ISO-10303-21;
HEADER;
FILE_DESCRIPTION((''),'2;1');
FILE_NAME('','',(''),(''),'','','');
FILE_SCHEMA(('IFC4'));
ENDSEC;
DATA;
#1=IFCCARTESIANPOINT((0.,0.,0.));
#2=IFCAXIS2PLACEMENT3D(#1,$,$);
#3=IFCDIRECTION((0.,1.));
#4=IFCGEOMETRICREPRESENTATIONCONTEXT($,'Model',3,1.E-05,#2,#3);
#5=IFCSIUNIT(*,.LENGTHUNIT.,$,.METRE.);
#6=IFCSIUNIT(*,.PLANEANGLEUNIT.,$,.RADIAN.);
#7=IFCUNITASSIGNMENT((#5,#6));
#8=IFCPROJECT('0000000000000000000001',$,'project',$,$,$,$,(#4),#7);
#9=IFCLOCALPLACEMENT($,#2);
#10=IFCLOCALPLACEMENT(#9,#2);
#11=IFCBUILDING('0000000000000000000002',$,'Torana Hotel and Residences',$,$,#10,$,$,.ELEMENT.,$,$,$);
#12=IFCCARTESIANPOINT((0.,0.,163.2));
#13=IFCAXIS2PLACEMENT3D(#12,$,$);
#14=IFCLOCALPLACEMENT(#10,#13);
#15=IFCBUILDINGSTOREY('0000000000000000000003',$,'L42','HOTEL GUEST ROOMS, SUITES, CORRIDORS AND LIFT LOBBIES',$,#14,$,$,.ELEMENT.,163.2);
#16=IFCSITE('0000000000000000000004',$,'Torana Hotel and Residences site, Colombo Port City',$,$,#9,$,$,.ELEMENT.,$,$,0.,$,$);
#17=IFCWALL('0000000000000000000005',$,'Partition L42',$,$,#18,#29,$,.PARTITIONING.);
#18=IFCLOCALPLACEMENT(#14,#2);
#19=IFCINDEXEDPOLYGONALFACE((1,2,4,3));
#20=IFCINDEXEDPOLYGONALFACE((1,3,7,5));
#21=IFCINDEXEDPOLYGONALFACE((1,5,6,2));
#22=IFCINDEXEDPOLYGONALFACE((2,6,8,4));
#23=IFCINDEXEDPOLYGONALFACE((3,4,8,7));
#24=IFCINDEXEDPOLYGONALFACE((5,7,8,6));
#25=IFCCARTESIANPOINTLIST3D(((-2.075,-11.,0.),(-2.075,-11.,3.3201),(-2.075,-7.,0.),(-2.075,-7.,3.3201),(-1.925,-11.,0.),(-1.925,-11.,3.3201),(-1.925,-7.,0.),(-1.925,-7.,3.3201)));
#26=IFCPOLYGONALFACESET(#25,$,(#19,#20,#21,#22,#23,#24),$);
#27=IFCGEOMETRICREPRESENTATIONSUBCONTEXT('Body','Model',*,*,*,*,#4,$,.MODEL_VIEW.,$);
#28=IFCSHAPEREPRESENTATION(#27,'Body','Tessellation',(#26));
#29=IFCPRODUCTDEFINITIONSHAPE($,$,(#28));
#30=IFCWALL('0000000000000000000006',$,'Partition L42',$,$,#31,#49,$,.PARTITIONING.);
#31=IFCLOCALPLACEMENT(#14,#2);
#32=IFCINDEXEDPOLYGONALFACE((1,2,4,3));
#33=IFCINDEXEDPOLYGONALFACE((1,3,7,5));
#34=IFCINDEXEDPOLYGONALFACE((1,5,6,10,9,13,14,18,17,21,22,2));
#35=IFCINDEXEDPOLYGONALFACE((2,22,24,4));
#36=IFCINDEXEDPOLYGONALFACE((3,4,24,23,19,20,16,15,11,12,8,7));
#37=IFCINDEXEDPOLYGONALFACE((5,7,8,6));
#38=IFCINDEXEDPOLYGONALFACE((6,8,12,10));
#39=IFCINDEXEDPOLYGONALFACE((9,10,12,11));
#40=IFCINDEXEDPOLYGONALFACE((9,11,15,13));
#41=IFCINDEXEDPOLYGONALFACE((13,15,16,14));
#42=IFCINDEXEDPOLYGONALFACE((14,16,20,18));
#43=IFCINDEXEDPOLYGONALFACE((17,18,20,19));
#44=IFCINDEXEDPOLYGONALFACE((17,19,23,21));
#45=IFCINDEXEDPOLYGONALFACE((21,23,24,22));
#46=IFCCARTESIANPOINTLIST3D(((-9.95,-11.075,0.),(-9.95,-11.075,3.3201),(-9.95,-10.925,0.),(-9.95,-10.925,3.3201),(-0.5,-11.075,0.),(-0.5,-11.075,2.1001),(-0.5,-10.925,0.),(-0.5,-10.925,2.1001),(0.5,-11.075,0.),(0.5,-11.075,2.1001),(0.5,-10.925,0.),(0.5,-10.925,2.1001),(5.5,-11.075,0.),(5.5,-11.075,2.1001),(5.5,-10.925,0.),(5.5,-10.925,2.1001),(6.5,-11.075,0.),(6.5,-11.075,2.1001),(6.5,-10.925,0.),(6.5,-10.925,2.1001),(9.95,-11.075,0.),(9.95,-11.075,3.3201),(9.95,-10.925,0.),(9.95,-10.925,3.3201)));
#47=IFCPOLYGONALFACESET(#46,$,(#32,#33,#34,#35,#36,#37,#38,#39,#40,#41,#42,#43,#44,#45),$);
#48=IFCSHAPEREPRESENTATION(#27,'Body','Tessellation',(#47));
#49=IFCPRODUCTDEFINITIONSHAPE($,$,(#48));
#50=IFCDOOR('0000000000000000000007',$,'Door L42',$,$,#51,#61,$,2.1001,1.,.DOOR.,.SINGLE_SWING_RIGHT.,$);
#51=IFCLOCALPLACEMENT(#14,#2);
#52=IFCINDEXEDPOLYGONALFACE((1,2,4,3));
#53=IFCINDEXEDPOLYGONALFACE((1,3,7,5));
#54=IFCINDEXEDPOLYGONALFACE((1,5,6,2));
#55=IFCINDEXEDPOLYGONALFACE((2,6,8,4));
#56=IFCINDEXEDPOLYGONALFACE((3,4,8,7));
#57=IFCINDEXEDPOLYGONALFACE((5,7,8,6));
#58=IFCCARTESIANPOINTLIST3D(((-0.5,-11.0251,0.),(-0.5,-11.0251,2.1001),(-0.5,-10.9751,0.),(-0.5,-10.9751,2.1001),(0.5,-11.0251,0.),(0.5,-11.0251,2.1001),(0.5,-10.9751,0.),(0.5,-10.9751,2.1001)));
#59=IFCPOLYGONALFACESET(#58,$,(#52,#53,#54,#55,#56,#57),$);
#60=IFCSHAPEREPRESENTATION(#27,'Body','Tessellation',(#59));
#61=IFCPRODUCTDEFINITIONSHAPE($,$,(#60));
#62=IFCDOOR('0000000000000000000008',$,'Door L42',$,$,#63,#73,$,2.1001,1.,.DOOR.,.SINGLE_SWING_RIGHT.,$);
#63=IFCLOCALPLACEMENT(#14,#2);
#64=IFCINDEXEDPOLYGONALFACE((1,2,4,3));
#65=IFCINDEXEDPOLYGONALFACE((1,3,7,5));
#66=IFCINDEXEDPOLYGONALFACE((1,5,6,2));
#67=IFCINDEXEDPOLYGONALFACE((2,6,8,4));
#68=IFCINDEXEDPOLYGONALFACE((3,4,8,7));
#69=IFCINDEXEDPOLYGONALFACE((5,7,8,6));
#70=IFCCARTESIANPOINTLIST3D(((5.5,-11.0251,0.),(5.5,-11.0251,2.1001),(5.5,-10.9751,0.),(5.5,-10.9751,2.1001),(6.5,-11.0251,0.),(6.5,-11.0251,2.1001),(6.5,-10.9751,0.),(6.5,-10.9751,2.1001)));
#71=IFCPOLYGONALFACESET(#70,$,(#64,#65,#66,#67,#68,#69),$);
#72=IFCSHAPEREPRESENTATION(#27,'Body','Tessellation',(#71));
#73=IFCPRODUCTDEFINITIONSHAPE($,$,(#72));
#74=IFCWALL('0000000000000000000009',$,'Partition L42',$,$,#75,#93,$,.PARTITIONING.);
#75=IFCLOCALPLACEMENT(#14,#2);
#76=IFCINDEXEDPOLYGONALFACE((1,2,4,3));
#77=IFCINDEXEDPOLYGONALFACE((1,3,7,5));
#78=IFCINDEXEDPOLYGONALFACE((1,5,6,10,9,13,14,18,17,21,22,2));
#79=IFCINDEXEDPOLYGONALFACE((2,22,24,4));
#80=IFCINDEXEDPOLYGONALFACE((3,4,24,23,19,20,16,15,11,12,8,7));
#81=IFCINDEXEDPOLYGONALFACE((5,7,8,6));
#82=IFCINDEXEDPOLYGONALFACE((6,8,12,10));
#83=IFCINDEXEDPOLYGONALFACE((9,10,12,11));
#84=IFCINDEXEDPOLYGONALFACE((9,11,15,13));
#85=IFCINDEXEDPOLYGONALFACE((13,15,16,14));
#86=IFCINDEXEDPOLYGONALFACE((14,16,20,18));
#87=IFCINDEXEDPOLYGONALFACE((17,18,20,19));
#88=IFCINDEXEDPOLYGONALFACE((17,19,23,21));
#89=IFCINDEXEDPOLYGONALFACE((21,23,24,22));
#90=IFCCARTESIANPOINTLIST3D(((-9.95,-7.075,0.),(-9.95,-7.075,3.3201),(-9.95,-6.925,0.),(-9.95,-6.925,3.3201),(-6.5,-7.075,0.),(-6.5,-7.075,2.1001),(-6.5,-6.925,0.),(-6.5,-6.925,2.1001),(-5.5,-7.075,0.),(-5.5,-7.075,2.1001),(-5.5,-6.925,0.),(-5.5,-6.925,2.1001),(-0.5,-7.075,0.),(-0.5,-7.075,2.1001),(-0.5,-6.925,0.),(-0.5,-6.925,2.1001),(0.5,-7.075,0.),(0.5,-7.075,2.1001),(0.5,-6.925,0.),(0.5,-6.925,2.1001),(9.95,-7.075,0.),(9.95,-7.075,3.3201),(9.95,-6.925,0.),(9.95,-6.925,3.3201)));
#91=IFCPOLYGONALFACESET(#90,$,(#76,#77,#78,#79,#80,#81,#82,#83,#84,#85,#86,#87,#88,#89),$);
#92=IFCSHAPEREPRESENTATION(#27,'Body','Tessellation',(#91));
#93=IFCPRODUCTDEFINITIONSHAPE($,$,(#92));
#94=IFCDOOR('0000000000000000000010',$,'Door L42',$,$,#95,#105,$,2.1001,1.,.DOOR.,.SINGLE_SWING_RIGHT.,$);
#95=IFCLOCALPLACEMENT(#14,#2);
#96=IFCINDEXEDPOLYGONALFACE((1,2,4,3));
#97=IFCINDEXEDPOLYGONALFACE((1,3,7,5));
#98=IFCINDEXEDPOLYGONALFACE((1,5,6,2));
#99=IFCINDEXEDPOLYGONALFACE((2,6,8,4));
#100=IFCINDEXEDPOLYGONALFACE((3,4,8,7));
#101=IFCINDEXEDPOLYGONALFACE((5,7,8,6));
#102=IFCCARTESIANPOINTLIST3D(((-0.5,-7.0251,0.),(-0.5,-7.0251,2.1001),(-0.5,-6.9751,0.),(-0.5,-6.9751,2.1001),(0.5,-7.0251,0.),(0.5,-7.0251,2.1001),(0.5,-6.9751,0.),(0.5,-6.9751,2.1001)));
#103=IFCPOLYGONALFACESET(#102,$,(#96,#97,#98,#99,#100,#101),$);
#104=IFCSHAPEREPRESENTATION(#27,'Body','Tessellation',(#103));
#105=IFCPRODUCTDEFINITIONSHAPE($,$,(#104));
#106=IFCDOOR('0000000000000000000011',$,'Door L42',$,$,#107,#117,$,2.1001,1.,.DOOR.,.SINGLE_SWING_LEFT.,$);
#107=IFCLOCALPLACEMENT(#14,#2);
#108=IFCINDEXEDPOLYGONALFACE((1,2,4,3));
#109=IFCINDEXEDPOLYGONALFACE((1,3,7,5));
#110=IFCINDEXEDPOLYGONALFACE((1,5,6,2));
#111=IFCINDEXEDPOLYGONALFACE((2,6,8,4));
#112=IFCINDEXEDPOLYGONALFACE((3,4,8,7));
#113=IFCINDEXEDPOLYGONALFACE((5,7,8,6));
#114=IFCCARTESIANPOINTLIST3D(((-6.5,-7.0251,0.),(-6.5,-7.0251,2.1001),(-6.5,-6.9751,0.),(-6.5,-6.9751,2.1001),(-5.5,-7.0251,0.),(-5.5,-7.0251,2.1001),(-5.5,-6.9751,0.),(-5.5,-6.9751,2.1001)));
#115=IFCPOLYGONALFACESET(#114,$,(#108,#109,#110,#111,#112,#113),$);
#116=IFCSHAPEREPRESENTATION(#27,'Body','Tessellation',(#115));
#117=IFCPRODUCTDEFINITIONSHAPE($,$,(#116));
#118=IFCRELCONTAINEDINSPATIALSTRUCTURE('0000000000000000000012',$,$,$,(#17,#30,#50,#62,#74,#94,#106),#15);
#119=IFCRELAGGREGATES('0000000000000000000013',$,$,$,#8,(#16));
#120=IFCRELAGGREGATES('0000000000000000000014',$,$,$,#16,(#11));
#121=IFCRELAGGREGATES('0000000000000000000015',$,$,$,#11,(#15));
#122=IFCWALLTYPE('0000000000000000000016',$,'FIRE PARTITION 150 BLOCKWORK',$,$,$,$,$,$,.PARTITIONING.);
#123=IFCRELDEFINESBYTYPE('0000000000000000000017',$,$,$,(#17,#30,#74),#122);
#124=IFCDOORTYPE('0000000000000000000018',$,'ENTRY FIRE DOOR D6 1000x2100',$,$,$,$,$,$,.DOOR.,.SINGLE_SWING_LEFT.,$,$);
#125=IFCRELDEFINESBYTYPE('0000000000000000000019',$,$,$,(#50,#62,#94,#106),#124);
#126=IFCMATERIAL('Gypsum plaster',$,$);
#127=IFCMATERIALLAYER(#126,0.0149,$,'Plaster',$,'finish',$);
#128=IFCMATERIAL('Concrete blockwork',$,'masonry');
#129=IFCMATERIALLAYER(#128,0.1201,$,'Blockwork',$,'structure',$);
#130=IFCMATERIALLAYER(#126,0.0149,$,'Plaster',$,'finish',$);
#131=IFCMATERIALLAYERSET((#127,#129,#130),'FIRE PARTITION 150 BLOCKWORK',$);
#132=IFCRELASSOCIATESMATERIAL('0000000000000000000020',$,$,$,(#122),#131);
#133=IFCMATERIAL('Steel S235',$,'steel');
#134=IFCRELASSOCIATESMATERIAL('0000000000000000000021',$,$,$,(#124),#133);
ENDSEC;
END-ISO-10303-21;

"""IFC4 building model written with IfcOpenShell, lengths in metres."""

from ifc_helpers import new_model, si_unit, direction, frame, frame_2d, origin, place, context, subcontext, project, spatial, rectangle, extrude, material, layer, layer_set, type_object, element, fill, save


model = new_model("IFC4")

# Units and contexts
model_context = context("Model", 3, precision=1e-05, world=origin(), true_north=direction((0.0, 1.0)))
body_context = subcontext(model_context, "Body", "Model", "MODEL_VIEW")
ifc_project = project(units=[si_unit("LENGTHUNIT", "METRE"), si_unit("PLANEANGLEUNIT", "RADIAN")], contexts=[model_context])

# Site, building, storey
site_placement = place(None, origin())
site = spatial("IfcSite", under=ifc_project, at=site_placement, Name="Torana Hotel and Residences site, Colombo Port City", CompositionType="ELEMENT", RefElevation=0.0)
building_placement = place(site_placement, origin())
building = spatial("IfcBuilding", under=site, at=building_placement, Name="Torana Hotel and Residences", CompositionType="ELEMENT")
storey_placement = place(building_placement, frame((0.0, 0.0, 163.2)))
storey = spatial("IfcBuildingStorey", under=building, at=storey_placement, Name="L42", Description="HOTEL GUEST ROOMS, SUITES, CORRIDORS AND LIFT LOBBIES", CompositionType="ELEMENT", Elevation=163.2)

# Wall
ifc_material_1 = material(Name="Gypsum plaster")
ifc_layer_1 = layer(ifc_material_1, 0.0149, Name="Plaster", Category="finish")
ifc_material_2 = material(Name="Concrete blockwork", Category="masonry")
ifc_layer_2 = layer(ifc_material_2, 0.1201, Name="Blockwork", Category="structure")
ifc_layer_3 = layer(ifc_material_1, 0.0149, Name="Plaster", Category="finish")
ifc_layer_set_1 = layer_set([ifc_layer_1, ifc_layer_2, ifc_layer_3], Name="FIRE PARTITION 150 BLOCKWORK")
wall_type_1 = type_object("IfcWallType", Name="FIRE PARTITION 150 BLOCKWORK", PredefinedType="PARTITIONING", material=ifc_layer_set_1)
wall_1_placement = place(storey_placement, frame((-2.0, -11.0, 0.0), z_axis=(0.0, 0.0, 1.0), x_axis=(0.0, 1.0, 0.0)))
element("IfcWall", 1, at=wall_1_placement, inside=storey, type_object=wall_type_1, Name="Partition L42", PredefinedType="PARTITIONING", context=body_context, shape_type="SweptSolid", body=[
    extrude(rectangle(XDim=4.0, YDim=0.1499, at=frame_2d((2.0, 0.0))), origin(), (0.0, 0.0, 1.0), 3.3201),
])

# Walls, openings, doors
wall_2_placement = place(storey_placement, frame((-9.95, -11.0, 0.0), z_axis=(0.0, 0.0, 1.0), x_axis=(1.0, 0.0, 0.0)))
wall_2 = element("IfcWall", 2, at=wall_2_placement, inside=storey, type_object=wall_type_1, Name="Partition L42", PredefinedType="PARTITIONING", context=body_context, shape_type="SweptSolid", body=[
    extrude(rectangle(XDim=19.8999, YDim=0.1499, at=frame_2d((9.95, 0.0))), origin(), (0.0, 0.0, 1.0), 3.3201),
])
opening_1_placement = place(wall_2_placement, frame((9.45, 0.0, 0.0)))
opening_1 = element("IfcOpeningElement", 3, at=opening_1_placement, cuts=wall_2, PredefinedType="OPENING", context=body_context, shape_type="SweptSolid", body=[
    extrude(rectangle(XDim=1.0, YDim=2.1001, at=frame_2d((0.5, 1.05))), frame((0.0, 0.085, 0.0), z_axis=(0.0, -1.0, 0.0), x_axis=(1.0, 0.0, 0.0)), (0.0, 0.0, 1.0), 0.1699),
])
opening_2_placement = place(wall_2_placement, frame((15.45, 0.0, 0.0)))
opening_2 = element("IfcOpeningElement", 4, at=opening_2_placement, cuts=wall_2, PredefinedType="OPENING", context=body_context, shape_type="SweptSolid", body=[
    extrude(rectangle(XDim=1.0, YDim=2.1001, at=frame_2d((0.5, 1.05))), frame((0.0, 0.085, 0.0), z_axis=(0.0, -1.0, 0.0), x_axis=(1.0, 0.0, 0.0)), (0.0, 0.0, 1.0), 0.1699),
])
ifc_material_3 = material(Name="Steel S235", Category="steel")
door_type_1 = type_object("IfcDoorType", Name="ENTRY FIRE DOOR D6 1000x2100", OperationType="SINGLE_SWING_LEFT", PredefinedType="DOOR", material=ifc_material_3)
door_1_placement = place(opening_1_placement, origin())
door_1 = element("IfcDoor", 5, at=door_1_placement, inside=storey, type_object=door_type_1, Name="Door L42", OperationType="SINGLE_SWING_RIGHT", OverallHeight=2.1001, OverallWidth=1.0, PredefinedType="DOOR", context=body_context, shape_type="SweptSolid", body=[
    extrude(rectangle(XDim=1.0, YDim=2.1001, at=frame_2d((0.5, 1.05))), frame((0.0, 0.0249, 0.0), z_axis=(0.0, -1.0, 0.0), x_axis=(1.0, 0.0, 0.0)), (0.0, 0.0, 1.0), 0.05),
])
fill(opening_1, door_1)
door_2_placement = place(opening_2_placement, origin())
door_2 = element("IfcDoor", 6, at=door_2_placement, inside=storey, type_object=door_type_1, Name="Door L42", OperationType="SINGLE_SWING_RIGHT", OverallHeight=2.1001, OverallWidth=1.0, PredefinedType="DOOR", context=body_context, shape_type="SweptSolid", body=[
    extrude(rectangle(XDim=1.0, YDim=2.1001, at=frame_2d((0.5, 1.05))), frame((0.0, 0.0249, 0.0), z_axis=(0.0, -1.0, 0.0), x_axis=(1.0, 0.0, 0.0)), (0.0, 0.0, 1.0), 0.05),
])
fill(opening_2, door_2)
wall_3_placement = place(storey_placement, frame((-9.95, -7.0, 0.0), z_axis=(0.0, 0.0, 1.0), x_axis=(1.0, 0.0, 0.0)))
wall_3 = element("IfcWall", 7, at=wall_3_placement, inside=storey, type_object=wall_type_1, Name="Partition L42", PredefinedType="PARTITIONING", context=body_context, shape_type="SweptSolid", body=[
    extrude(rectangle(XDim=19.8999, YDim=0.1499, at=frame_2d((9.95, 0.0))), origin(), (0.0, 0.0, 1.0), 3.3201),
])
opening_3_placement = place(wall_3_placement, frame((9.45, 0.0, 0.0)))
opening_3 = element("IfcOpeningElement", 8, at=opening_3_placement, cuts=wall_3, PredefinedType="OPENING", context=body_context, shape_type="SweptSolid", body=[
    extrude(rectangle(XDim=1.0, YDim=2.1001, at=frame_2d((0.5, 1.05))), frame((0.0, 0.085, 0.0), z_axis=(0.0, -1.0, 0.0), x_axis=(1.0, 0.0, 0.0)), (0.0, 0.0, 1.0), 0.1699),
])
opening_4_placement = place(wall_3_placement, frame((3.45, 0.0, 0.0)))
opening_4 = element("IfcOpeningElement", 9, at=opening_4_placement, cuts=wall_3, PredefinedType="OPENING", context=body_context, shape_type="SweptSolid", body=[
    extrude(rectangle(XDim=1.0, YDim=2.1001, at=frame_2d((0.5, 1.05))), frame((0.0, 0.085, 0.0), z_axis=(0.0, -1.0, 0.0), x_axis=(1.0, 0.0, 0.0)), (0.0, 0.0, 1.0), 0.1699),
])
door_3_placement = place(opening_3_placement, origin())
door_3 = element("IfcDoor", 10, at=door_3_placement, inside=storey, type_object=door_type_1, Name="Door L42", OperationType="SINGLE_SWING_RIGHT", OverallHeight=2.1001, OverallWidth=1.0, PredefinedType="DOOR", context=body_context, shape_type="SweptSolid", body=[
    extrude(rectangle(XDim=1.0, YDim=2.1001, at=frame_2d((0.5, 1.05))), frame((0.0, 0.0249, 0.0), z_axis=(0.0, -1.0, 0.0), x_axis=(1.0, 0.0, 0.0)), (0.0, 0.0, 1.0), 0.05),
])
fill(opening_3, door_3)
door_4_placement = place(opening_4_placement, frame((0.5, 0.0, 0.0), z_axis=(0.0, 0.0, 1.0), x_axis=(-1.0, 0.0, 0.0)))
door_4 = element("IfcDoor", 11, at=door_4_placement, inside=storey, type_object=door_type_1, Name="Door L42", OperationType="SINGLE_SWING_LEFT", OverallHeight=2.1001, OverallWidth=1.0, PredefinedType="DOOR", context=body_context, shape_type="SweptSolid", body=[
    extrude(rectangle(XDim=1.0, YDim=2.1001, at=frame_2d((0.0, 1.05))), frame((0.0, -0.0249, 0.0), z_axis=(0.0, 1.0, 0.0), x_axis=(-1.0, 0.0, 0.0)), (0.0, 0.0, 1.0), 0.05),
])
fill(opening_4, door_4)

save(model, "model.ifc")
